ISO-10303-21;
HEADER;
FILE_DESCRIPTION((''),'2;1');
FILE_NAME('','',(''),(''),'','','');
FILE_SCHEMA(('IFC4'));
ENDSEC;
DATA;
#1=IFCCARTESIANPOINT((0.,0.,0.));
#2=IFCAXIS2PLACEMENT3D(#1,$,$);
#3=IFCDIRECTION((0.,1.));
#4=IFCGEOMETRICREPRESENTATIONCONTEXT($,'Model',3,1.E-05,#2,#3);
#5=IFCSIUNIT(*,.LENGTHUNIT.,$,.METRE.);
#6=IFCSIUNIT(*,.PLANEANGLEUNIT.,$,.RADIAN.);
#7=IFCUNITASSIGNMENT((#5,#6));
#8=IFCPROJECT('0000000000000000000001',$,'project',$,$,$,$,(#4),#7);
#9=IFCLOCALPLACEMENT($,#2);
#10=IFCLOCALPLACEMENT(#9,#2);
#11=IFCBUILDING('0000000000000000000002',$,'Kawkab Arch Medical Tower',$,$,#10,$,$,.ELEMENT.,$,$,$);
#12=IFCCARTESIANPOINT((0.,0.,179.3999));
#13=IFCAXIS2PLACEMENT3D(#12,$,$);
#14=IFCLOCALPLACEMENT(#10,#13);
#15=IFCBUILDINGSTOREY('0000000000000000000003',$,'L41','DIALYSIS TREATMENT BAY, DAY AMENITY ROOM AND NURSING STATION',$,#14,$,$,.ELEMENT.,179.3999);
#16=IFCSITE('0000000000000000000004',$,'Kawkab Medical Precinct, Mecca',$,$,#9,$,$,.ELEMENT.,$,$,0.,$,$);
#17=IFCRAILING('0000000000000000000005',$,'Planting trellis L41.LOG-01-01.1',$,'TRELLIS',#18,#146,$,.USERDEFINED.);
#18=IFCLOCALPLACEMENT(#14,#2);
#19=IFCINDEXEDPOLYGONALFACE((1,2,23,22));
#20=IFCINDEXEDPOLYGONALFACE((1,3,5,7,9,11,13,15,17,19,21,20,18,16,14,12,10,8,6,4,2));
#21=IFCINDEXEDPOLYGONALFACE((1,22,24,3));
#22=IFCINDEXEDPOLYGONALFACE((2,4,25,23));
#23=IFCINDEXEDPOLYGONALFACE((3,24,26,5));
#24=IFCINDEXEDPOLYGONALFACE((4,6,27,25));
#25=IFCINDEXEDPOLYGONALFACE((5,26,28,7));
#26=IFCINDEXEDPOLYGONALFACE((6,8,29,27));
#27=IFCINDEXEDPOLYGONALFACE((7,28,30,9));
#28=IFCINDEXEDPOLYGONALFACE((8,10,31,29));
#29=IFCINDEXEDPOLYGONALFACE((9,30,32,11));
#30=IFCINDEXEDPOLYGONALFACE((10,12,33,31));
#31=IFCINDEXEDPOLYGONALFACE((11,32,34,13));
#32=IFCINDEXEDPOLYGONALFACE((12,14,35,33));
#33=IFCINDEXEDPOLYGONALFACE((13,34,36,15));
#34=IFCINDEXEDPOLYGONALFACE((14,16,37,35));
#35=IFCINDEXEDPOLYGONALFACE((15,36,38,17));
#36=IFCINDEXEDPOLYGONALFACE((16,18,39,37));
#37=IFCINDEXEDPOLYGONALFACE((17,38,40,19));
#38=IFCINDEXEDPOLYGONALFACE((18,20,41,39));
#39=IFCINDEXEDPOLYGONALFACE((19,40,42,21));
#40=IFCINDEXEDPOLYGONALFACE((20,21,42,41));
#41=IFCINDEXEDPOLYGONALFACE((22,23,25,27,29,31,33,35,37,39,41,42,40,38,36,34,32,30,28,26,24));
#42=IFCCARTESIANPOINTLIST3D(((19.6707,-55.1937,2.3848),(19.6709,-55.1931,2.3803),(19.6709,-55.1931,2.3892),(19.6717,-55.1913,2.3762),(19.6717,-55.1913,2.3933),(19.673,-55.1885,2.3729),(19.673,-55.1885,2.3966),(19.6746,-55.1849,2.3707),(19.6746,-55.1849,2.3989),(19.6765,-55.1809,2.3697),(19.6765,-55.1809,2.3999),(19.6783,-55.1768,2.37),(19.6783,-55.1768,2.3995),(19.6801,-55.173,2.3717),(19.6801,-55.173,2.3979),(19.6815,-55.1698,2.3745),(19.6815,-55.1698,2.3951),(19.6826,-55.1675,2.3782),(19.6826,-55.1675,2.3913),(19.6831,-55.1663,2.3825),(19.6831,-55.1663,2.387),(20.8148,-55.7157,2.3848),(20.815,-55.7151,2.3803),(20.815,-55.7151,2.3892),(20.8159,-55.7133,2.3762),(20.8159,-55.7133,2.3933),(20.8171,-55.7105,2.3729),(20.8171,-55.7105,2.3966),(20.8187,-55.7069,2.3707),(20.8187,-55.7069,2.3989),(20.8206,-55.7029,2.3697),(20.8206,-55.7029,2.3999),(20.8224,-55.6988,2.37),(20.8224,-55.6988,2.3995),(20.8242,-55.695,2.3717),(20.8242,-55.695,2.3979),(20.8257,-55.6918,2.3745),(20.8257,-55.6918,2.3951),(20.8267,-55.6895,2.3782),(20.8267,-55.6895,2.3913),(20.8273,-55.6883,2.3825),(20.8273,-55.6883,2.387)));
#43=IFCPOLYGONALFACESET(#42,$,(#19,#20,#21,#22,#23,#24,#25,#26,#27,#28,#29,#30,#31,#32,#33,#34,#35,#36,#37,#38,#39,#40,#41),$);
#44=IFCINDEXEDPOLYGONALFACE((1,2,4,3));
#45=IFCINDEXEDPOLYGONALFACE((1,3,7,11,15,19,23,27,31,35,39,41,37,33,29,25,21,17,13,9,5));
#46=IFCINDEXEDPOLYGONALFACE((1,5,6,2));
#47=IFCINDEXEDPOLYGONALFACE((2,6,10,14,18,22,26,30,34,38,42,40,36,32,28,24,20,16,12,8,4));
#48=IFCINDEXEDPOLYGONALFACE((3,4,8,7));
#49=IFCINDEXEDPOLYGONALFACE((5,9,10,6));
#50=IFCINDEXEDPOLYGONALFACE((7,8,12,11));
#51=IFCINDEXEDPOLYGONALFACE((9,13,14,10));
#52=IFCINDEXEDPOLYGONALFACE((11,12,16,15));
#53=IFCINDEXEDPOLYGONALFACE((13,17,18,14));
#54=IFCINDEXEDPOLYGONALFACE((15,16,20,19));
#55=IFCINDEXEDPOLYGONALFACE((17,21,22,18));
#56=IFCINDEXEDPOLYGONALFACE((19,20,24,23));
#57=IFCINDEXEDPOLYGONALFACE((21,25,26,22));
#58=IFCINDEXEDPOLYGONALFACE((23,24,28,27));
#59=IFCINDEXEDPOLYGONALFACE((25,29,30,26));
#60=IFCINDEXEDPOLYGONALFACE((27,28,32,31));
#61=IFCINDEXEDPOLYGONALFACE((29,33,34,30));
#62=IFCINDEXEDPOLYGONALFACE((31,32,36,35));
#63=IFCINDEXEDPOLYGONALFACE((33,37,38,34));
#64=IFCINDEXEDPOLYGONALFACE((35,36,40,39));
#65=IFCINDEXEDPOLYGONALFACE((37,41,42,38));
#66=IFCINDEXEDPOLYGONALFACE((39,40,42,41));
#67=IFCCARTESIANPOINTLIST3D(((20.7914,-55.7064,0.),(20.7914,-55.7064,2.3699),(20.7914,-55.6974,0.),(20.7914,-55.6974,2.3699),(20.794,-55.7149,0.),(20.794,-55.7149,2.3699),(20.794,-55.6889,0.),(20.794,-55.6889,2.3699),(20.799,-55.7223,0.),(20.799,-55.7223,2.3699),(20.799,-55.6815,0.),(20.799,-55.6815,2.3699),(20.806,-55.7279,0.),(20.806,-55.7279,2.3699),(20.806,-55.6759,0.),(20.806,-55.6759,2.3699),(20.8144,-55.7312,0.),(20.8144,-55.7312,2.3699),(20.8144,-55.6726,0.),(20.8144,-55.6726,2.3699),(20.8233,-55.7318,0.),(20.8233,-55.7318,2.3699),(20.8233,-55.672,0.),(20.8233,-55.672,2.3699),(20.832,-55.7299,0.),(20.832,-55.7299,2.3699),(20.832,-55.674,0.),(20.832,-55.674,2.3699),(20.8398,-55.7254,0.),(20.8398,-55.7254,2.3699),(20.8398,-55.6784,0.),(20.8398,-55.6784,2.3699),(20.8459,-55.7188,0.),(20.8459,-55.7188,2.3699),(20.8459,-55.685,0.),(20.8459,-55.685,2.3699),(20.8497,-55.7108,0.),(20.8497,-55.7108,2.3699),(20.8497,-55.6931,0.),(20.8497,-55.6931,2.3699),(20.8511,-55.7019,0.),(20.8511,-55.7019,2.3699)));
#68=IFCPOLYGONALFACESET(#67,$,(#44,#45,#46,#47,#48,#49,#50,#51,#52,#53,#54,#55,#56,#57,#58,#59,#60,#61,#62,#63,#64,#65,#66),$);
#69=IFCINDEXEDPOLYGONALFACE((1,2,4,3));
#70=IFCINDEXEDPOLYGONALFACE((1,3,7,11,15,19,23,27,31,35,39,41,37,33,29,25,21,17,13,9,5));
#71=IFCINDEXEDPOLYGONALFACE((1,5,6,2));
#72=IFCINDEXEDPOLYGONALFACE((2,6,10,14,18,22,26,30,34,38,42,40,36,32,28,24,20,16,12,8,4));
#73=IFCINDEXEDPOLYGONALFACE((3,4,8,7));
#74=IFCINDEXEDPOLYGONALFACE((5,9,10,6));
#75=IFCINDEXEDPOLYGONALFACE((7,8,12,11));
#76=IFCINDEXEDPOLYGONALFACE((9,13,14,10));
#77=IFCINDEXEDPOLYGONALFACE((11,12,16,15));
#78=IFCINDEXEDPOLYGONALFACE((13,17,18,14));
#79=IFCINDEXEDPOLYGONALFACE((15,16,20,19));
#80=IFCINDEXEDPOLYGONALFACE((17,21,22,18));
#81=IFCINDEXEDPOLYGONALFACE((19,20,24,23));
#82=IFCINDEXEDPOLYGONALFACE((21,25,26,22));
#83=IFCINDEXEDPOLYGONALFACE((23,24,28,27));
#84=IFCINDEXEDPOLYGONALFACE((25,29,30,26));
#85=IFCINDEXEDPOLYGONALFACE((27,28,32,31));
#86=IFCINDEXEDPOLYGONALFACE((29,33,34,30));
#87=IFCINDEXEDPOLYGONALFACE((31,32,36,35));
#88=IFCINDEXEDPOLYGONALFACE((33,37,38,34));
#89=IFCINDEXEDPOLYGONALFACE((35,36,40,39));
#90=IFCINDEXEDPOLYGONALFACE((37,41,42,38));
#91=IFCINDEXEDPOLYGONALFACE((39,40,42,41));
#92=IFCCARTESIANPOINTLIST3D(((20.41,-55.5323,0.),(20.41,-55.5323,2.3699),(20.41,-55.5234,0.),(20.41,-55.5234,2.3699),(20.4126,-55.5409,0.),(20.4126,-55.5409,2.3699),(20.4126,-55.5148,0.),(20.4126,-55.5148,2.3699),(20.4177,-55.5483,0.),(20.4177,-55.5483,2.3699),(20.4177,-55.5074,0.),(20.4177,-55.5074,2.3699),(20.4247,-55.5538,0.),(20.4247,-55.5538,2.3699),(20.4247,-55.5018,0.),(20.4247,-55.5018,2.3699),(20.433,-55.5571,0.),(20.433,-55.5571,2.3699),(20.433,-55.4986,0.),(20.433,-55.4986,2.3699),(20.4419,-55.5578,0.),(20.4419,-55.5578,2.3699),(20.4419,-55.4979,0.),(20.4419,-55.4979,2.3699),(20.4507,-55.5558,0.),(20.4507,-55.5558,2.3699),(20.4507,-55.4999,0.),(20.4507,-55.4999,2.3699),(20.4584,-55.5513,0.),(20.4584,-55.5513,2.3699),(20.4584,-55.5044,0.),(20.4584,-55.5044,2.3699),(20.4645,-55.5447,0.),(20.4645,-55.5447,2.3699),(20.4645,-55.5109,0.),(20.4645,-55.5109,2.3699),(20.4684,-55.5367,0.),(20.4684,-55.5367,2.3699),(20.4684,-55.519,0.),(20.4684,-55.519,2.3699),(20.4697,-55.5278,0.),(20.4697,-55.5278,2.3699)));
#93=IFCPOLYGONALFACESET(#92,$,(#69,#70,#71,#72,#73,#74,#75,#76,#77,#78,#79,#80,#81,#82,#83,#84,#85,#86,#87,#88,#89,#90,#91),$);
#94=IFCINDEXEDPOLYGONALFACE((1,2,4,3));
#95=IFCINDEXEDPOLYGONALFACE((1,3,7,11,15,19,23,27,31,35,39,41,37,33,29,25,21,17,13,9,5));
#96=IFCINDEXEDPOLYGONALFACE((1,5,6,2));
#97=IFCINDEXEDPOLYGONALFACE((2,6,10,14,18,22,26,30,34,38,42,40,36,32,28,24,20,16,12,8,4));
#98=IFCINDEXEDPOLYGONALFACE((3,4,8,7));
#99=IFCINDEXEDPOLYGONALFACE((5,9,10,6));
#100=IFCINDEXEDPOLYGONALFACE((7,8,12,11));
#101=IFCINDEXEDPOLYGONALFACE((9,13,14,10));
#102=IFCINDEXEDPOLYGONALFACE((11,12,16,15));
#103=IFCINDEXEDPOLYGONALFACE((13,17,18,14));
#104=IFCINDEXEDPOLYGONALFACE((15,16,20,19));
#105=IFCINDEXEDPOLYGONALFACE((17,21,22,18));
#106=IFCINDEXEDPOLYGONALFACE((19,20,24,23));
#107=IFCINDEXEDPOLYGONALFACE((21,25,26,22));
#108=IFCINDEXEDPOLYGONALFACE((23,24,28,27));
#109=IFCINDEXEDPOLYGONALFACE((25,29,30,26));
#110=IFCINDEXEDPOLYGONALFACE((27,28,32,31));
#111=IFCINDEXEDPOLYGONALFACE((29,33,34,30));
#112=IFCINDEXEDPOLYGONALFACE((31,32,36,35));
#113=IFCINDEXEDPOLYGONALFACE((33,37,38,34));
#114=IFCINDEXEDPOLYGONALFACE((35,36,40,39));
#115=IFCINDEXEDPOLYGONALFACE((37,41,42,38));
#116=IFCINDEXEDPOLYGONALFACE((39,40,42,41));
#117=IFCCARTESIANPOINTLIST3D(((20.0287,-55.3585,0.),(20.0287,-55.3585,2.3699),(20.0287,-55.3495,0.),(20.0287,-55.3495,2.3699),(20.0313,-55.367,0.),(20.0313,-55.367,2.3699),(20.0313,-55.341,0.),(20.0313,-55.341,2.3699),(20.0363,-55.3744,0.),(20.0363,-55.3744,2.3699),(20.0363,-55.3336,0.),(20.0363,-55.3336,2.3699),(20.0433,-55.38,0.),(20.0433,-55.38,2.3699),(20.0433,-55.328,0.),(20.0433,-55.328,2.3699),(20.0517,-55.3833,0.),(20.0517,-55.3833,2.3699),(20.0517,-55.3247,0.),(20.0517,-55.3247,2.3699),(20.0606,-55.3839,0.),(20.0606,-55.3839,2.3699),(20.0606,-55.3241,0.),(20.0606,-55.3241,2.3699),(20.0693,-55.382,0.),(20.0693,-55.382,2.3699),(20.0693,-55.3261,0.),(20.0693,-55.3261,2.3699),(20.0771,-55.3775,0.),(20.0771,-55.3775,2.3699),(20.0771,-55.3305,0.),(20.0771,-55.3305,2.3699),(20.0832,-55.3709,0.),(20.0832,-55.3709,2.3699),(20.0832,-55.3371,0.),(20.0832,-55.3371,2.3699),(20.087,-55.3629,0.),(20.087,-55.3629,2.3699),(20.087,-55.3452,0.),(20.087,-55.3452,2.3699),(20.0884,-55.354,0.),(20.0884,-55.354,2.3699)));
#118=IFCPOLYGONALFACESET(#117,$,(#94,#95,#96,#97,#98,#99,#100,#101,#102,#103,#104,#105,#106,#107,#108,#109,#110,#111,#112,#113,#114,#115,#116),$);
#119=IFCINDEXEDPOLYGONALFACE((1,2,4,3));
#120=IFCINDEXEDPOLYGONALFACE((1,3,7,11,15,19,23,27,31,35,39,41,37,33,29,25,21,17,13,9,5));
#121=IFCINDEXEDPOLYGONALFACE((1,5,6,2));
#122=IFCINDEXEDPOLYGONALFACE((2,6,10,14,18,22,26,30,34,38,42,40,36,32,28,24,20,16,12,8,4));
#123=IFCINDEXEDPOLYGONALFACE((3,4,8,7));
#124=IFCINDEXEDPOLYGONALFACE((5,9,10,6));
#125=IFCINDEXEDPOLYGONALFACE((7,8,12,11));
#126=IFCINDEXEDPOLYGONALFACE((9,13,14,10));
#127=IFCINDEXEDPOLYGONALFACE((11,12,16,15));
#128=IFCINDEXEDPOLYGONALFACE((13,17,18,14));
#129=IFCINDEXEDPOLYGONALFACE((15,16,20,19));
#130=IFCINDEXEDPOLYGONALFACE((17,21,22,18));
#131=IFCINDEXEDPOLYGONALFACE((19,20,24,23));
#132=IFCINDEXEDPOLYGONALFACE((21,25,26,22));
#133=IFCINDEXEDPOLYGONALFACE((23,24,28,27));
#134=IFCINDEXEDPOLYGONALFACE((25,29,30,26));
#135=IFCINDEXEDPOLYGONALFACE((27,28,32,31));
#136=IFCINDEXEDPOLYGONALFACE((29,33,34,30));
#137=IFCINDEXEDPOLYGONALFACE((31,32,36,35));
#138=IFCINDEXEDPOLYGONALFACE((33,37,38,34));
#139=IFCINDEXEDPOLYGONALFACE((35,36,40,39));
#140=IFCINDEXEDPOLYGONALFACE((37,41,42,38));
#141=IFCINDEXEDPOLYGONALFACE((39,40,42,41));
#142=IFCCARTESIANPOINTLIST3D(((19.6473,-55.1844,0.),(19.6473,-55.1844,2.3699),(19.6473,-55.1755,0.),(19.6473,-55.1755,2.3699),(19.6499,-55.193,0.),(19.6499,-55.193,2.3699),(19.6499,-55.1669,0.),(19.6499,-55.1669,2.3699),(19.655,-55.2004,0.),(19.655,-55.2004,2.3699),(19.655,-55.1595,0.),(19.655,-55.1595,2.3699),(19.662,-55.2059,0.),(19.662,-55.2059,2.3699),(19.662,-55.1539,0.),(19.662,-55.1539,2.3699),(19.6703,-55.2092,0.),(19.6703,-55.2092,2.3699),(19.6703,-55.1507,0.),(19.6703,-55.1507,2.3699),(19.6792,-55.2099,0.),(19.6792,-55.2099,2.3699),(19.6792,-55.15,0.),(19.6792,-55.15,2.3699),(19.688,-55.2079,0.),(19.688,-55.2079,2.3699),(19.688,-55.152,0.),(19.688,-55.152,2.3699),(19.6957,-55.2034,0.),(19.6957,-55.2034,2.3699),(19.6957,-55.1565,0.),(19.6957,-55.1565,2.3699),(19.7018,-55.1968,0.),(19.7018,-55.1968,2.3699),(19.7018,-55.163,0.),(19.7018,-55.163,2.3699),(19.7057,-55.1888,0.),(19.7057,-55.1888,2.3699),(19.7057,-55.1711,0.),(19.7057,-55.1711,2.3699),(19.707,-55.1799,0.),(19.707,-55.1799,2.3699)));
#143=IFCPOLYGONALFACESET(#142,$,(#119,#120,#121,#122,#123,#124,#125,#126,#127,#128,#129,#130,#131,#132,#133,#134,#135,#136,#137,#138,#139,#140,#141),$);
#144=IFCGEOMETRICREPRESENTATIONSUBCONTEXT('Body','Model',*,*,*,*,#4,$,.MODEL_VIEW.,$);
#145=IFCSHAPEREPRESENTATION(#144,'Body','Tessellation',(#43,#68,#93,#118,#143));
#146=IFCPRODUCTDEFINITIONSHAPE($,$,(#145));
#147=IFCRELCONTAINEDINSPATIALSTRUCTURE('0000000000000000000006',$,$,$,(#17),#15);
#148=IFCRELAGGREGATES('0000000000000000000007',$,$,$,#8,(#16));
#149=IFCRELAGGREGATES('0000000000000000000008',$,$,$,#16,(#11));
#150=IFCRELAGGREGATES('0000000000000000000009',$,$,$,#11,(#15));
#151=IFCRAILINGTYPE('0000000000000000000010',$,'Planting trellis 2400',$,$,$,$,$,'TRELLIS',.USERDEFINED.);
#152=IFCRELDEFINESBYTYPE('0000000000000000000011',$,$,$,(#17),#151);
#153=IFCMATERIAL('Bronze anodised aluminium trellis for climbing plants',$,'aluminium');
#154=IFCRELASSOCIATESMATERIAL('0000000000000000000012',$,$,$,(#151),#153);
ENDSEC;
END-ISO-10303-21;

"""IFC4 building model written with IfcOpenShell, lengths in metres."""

from ifc_helpers import new_model, si_unit, direction, frame, origin, origin_2d, place, context, subcontext, project, spatial, circle, extrude, material, type_object, element, save


model = new_model("IFC4")

# Units and contexts
model_context = context("Model", 3, precision=1e-05, world=origin(), true_north=direction((0.0, 1.0)))
body_context = subcontext(model_context, "Body", "Model", "MODEL_VIEW")
ifc_project = project(units=[si_unit("LENGTHUNIT", "METRE"), si_unit("PLANEANGLEUNIT", "RADIAN")], contexts=[model_context])

# Site, building, storey
site_placement = place(None, origin())
site = spatial("IfcSite", under=ifc_project, at=site_placement, Name="Kawkab Medical Precinct, Mecca", CompositionType="ELEMENT", RefElevation=0.0)
building_placement = place(site_placement, origin())
building = spatial("IfcBuilding", under=site, at=building_placement, Name="Kawkab Arch Medical Tower", CompositionType="ELEMENT")
storey_placement = place(building_placement, frame((0.0, 0.0, 179.3999)))
storey = spatial("IfcBuildingStorey", under=building, at=storey_placement, Name="L41", Description="DIALYSIS TREATMENT BAY, DAY AMENITY ROOM AND NURSING STATION", CompositionType="ELEMENT", Elevation=179.3999)

# Railing
ifc_material_1 = material(Name="Bronze anodised aluminium trellis for climbing plants", Category="aluminium")
railing_type_1 = type_object("IfcRailingType", Name="Planting trellis 2400", ElementType="TRELLIS", PredefinedType="USERDEFINED", material=ifc_material_1)
railing_1_placement = place(storey_placement, frame((20.821, -55.7019, 0.0)))
element("IfcRailing", 1, at=railing_1_placement, inside=storey, type_object=railing_type_1, Name="Planting trellis L41.LOG-01-01.1", ObjectType="TRELLIS", PredefinedType="USERDEFINED", context=body_context, shape_type="SweptSolid", body=[
    extrude(circle(Radius=0.0151, at=origin_2d()), frame((0.0, 0.0, 2.3848), z_axis=(-0.90978, 0.41509, 0.0), x_axis=(-0.41509, -0.90978, 0.0)), (0.0, 0.0, 1.0), 1.2576),
    extrude(circle(Radius=0.03, at=origin_2d()), origin(), (0.0, 0.0, 1.0), 2.3699),
    extrude(circle(Radius=0.03, at=origin_2d()), frame((-0.3813, 0.1741, 0.0)), (0.0, 0.0, 1.0), 2.3699),
    extrude(circle(Radius=0.03, at=origin_2d()), frame((-0.7627, 0.3479, 0.0)), (0.0, 0.0, 1.0), 2.3699),
    extrude(circle(Radius=0.03, at=origin_2d()), frame((-1.144, 0.522, 0.0)), (0.0, 0.0, 1.0), 2.3699),
])

save(model, "model.ifc")
